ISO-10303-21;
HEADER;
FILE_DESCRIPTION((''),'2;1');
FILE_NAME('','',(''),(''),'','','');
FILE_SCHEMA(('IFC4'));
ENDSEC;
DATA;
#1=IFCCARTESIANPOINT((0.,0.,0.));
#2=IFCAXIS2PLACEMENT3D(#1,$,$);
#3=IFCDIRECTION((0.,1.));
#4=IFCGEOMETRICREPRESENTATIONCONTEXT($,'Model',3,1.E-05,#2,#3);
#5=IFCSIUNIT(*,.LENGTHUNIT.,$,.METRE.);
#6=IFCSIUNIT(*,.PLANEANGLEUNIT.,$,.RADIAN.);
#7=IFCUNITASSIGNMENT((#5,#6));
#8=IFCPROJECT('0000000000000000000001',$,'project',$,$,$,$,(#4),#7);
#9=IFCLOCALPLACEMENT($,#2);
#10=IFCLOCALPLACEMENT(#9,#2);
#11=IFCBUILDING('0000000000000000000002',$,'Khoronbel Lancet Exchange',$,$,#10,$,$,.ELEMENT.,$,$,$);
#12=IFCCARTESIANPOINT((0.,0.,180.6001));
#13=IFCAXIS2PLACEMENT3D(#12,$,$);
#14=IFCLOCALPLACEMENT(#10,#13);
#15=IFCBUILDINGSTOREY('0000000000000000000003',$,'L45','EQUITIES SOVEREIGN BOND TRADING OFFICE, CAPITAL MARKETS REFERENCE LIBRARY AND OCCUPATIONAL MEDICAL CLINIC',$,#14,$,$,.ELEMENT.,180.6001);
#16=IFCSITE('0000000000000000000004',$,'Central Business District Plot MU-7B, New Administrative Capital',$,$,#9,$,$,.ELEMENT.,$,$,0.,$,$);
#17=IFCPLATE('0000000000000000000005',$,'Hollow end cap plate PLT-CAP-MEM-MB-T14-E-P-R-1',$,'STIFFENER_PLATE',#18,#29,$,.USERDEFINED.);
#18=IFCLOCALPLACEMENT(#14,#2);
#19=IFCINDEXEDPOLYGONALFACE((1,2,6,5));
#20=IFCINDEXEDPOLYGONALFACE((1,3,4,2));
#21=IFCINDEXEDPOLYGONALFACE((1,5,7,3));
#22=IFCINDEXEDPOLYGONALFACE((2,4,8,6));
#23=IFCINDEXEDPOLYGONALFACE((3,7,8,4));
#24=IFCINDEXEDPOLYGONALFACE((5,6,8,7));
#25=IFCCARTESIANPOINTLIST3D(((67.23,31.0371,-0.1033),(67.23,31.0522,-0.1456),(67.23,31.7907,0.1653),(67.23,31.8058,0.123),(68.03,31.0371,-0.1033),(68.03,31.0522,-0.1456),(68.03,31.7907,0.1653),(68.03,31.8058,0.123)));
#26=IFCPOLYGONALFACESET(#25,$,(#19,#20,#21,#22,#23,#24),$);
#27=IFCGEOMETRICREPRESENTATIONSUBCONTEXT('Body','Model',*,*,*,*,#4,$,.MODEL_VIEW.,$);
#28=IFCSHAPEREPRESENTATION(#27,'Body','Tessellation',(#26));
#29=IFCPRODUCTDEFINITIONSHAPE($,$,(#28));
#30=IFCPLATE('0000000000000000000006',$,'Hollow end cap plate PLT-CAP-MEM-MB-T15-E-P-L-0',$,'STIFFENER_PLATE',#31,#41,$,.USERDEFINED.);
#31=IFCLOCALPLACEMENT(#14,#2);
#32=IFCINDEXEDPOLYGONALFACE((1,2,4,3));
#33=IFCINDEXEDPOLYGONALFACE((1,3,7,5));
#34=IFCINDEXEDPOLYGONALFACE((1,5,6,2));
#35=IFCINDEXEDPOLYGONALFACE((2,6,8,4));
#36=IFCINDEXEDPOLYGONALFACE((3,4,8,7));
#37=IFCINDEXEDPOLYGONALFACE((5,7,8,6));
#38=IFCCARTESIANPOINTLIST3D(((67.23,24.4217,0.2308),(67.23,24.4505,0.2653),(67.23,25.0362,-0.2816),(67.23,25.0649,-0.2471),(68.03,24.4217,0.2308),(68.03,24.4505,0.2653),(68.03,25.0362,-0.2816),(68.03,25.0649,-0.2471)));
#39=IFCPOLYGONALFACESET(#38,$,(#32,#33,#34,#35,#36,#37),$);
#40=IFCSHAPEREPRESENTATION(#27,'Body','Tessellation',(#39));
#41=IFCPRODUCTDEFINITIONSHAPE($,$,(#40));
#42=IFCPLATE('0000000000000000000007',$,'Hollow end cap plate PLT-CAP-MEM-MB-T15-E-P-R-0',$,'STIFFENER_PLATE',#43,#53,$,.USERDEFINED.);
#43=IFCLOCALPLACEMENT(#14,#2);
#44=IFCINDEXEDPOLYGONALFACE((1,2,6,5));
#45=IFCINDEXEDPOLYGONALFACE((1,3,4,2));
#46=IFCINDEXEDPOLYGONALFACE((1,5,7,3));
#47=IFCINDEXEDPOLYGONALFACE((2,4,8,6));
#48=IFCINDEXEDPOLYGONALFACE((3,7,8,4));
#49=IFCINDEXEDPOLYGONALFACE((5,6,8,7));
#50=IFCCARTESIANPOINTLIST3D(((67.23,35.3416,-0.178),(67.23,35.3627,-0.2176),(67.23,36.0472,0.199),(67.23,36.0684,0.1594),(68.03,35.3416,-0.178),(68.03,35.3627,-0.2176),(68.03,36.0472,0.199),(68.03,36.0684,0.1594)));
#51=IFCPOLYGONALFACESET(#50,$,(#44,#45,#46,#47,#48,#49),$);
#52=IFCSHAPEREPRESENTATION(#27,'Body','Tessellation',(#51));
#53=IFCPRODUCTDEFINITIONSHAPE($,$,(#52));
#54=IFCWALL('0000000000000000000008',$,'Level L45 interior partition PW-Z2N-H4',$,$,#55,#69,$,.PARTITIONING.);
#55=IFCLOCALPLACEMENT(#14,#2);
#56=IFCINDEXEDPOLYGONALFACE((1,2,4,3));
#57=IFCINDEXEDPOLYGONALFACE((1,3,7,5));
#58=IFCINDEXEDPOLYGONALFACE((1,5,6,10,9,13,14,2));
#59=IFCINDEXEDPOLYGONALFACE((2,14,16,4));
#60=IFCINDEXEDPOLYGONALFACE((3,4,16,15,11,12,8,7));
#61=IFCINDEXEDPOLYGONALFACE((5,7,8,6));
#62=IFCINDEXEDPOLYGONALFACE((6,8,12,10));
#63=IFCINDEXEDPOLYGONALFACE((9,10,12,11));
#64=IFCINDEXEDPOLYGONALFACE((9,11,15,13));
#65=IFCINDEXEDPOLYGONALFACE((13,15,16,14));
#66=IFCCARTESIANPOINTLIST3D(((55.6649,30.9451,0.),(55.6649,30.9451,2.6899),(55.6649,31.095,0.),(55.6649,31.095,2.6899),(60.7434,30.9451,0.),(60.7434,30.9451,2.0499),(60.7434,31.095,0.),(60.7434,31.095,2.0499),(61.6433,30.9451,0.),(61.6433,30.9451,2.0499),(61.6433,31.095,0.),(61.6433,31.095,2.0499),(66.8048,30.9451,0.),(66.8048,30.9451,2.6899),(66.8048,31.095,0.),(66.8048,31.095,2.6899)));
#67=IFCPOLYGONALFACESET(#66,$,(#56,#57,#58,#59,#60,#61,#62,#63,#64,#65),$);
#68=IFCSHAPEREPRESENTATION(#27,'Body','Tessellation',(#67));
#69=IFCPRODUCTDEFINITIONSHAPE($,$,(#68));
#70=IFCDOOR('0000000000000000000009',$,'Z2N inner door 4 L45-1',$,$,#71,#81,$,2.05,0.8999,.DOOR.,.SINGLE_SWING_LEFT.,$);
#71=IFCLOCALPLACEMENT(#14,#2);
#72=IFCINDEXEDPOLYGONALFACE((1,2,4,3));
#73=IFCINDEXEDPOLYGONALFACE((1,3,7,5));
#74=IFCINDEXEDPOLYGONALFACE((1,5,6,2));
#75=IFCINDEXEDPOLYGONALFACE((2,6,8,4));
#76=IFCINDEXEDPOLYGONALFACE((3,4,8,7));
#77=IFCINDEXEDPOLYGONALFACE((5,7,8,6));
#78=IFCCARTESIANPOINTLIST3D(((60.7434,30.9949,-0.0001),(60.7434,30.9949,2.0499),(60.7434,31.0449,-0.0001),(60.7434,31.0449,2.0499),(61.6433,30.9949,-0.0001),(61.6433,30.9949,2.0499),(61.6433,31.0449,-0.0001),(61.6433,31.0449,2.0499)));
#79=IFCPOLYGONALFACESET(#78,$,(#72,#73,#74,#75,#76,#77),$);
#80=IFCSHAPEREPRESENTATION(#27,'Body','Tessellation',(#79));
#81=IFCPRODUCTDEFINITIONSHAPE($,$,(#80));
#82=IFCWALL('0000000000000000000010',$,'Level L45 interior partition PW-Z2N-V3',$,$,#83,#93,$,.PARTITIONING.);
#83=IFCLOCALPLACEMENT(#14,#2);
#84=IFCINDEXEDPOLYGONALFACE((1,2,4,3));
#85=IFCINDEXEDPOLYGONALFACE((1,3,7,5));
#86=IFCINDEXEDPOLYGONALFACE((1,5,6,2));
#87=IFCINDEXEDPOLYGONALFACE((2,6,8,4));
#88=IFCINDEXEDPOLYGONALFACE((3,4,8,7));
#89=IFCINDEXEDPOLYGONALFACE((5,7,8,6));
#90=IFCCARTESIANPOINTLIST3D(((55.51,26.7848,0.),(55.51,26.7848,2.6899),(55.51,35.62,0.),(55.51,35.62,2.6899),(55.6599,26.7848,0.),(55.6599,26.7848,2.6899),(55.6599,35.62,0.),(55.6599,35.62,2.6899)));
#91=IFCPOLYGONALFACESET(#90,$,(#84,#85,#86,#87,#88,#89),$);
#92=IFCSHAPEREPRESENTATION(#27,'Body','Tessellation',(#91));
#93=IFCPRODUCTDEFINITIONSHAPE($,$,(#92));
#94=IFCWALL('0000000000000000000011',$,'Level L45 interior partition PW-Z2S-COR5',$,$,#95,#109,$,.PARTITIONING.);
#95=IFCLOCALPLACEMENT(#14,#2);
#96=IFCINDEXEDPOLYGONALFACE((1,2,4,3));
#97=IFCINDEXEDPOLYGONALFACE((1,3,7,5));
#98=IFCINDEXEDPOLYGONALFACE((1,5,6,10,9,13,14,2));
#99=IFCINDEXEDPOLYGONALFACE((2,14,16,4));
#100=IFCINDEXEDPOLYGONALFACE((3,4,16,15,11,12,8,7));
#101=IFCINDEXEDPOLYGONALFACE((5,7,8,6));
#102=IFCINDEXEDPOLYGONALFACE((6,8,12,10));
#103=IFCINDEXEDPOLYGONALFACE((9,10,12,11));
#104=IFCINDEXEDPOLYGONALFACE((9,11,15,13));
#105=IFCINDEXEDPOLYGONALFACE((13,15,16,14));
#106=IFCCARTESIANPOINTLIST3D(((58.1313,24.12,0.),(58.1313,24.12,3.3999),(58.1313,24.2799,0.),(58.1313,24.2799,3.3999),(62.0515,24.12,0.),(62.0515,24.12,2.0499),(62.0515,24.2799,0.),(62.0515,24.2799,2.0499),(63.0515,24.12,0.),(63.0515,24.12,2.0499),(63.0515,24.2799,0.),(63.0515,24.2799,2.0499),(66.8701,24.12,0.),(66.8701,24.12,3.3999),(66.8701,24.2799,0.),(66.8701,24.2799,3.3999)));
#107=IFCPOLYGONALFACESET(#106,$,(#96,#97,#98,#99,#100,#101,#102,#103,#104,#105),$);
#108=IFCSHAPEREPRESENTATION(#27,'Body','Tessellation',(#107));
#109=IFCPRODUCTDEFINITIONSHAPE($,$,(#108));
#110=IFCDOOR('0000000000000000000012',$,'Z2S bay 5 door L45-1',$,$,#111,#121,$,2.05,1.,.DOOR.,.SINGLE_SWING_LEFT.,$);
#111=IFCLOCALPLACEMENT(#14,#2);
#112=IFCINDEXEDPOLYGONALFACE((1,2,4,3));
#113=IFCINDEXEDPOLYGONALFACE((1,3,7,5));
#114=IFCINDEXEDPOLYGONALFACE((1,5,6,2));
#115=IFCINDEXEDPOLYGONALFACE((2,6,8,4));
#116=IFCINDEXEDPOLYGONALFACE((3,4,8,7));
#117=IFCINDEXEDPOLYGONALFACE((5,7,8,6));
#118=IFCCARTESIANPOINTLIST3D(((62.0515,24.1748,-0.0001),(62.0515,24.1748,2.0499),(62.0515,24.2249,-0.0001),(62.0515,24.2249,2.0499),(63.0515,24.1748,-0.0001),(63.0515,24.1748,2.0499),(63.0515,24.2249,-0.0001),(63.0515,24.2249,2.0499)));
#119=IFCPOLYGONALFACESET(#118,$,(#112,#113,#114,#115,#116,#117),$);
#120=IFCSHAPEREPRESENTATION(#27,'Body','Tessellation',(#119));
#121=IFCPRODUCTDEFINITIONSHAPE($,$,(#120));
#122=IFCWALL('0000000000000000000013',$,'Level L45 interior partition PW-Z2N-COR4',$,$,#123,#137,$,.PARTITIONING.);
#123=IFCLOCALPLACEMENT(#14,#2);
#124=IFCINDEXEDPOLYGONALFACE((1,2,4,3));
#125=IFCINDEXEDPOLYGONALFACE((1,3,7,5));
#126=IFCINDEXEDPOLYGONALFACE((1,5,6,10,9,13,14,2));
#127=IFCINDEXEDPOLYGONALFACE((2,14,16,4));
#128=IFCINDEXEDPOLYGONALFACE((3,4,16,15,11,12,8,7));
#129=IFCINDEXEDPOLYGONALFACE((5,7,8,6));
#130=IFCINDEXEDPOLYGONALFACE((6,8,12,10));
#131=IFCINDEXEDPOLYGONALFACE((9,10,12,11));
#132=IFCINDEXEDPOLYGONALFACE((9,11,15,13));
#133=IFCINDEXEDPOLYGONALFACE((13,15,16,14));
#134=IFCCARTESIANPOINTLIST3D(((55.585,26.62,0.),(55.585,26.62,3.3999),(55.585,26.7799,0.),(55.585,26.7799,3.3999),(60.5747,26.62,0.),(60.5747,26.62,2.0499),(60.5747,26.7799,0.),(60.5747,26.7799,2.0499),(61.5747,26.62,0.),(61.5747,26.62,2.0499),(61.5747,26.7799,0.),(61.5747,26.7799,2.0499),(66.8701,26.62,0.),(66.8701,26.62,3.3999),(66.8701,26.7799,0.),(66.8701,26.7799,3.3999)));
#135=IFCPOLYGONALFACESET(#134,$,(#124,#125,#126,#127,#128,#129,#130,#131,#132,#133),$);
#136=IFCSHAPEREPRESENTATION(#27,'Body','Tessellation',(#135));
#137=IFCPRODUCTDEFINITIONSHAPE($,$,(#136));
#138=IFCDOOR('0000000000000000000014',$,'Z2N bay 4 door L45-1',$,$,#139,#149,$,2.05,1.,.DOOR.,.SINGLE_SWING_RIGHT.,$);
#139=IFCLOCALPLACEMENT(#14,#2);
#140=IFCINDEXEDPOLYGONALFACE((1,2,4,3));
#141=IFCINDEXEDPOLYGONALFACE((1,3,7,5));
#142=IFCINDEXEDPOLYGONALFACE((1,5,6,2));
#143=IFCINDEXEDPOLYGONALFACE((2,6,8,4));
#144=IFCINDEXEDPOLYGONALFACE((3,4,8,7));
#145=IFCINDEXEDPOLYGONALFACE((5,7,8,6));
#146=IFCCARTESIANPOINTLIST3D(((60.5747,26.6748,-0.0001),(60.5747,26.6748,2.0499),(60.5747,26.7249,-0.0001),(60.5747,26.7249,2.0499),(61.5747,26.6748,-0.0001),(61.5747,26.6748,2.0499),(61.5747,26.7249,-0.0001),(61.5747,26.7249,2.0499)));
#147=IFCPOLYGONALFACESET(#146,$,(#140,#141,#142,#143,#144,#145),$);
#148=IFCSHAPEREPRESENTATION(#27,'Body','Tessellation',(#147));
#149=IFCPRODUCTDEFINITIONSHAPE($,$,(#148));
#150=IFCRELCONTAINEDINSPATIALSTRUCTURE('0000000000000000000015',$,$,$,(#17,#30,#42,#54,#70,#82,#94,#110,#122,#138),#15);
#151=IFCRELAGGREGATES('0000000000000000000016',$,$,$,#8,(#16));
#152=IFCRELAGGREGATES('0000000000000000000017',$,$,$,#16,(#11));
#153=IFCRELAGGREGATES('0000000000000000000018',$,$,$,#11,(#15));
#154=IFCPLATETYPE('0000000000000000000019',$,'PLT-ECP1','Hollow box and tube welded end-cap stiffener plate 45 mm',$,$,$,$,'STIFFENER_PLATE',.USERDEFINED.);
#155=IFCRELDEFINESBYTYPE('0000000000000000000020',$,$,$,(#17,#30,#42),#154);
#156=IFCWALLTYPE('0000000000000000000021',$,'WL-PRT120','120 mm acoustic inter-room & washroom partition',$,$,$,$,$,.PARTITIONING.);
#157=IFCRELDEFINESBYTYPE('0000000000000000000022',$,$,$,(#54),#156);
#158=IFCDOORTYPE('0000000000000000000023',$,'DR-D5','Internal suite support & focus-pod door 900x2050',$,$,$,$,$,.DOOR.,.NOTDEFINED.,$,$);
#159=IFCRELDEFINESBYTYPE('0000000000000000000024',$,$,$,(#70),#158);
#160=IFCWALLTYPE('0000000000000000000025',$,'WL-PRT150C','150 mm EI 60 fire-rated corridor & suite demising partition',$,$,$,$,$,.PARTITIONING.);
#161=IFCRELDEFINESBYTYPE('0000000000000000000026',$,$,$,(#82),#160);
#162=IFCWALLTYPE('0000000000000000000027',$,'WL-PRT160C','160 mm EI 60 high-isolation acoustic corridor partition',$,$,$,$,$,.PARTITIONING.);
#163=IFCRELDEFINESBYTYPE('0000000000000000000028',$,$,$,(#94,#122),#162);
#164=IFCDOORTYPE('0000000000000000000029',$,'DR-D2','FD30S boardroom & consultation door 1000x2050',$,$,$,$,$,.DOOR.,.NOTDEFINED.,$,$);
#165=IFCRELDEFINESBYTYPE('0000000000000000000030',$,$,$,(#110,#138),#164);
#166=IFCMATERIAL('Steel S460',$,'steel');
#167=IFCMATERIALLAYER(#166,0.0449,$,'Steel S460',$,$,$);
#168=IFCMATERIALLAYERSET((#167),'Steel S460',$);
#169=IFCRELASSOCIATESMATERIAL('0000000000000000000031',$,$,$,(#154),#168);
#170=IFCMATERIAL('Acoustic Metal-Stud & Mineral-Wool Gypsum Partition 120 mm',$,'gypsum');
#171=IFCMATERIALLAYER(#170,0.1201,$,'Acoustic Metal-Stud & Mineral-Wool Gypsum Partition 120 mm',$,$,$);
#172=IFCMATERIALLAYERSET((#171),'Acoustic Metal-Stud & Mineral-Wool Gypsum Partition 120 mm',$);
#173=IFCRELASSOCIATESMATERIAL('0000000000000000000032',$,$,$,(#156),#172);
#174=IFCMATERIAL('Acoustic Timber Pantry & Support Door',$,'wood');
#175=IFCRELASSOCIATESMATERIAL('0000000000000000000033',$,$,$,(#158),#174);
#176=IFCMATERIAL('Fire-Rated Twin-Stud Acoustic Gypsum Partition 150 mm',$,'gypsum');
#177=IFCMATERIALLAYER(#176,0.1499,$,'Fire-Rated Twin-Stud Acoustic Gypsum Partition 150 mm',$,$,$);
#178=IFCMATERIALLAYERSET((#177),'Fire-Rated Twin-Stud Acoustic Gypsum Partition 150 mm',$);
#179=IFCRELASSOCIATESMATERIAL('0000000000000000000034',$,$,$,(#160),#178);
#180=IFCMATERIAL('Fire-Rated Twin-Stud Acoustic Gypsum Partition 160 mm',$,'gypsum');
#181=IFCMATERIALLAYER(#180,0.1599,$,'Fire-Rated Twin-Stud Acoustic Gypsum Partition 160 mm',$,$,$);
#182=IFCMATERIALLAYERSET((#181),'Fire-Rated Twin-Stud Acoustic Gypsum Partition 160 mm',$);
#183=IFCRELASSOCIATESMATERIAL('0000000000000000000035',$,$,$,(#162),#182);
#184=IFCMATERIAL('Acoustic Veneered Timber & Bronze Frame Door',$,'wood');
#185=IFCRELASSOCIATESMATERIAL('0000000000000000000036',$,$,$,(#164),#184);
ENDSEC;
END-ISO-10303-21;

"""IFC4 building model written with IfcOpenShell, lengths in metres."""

from ifc_helpers import new_model, si_unit, direction, frame, frame_2d, origin, place, context, subcontext, project, spatial, polyline, rectangle, outline, extrude, material, layer, layer_set, type_object, element, fill, save


model = new_model("IFC4")

# Units and contexts
model_context = context("Model", 3, precision=1e-05, world=origin(), true_north=direction((0.0, 1.0)))
body_context = subcontext(model_context, "Body", "Model", "MODEL_VIEW")
ifc_project = project(units=[si_unit("LENGTHUNIT", "METRE"), si_unit("PLANEANGLEUNIT", "RADIAN")], contexts=[model_context])

# Site, building, storey
site_placement = place(None, origin())
site = spatial("IfcSite", under=ifc_project, at=site_placement, Name="Central Business District Plot MU-7B, New Administrative Capital", CompositionType="ELEMENT", RefElevation=0.0)
building_placement = place(site_placement, origin())
building = spatial("IfcBuilding", under=site, at=building_placement, Name="Khoronbel Lancet Exchange", CompositionType="ELEMENT")
storey_placement = place(building_placement, frame((0.0, 0.0, 180.6001)))
storey = spatial("IfcBuildingStorey", under=building, at=storey_placement, Name="L45", Description="EQUITIES SOVEREIGN BOND TRADING OFFICE, CAPITAL MARKETS REFERENCE LIBRARY AND OCCUPATIONAL MEDICAL CLINIC", CompositionType="ELEMENT", Elevation=180.6001)

# Shared definitions
ifc_material_1 = material(Name="Steel S460", Category="steel")

# Plates
ifc_layer_1 = layer(ifc_material_1, 0.0449, Name="Steel S460")
ifc_layer_set_1 = layer_set([ifc_layer_1], Name="Steel S460")
plate_type_1 = type_object("IfcPlateType", Name="PLT-ECP1", Description="Hollow box and tube welded end-cap stiffener plate 45 mm", ElementType="STIFFENER_PLATE", PredefinedType="USERDEFINED", material=ifc_layer_set_1)
for number, where, z_axis, x_axis, name in (
    (1, (67.23, 31.0371, -0.1033), (0.0, -0.33566, 0.941983), (1.0, 0.0, 0.0), "Hollow end cap plate PLT-CAP-MEM-MB-T14-E-P-R-1"),
    (2, (68.03, 25.0649, -0.2471), (0.0, 0.640454, 0.767996), (-1.0, 0.0, 0.0), "Hollow end cap plate PLT-CAP-MEM-MB-T15-E-P-L-0"),
    (3, (67.23, 35.3416, -0.178), (0.0, -0.471222, 0.882015), (1.0, 0.0, 0.0), "Hollow end cap plate PLT-CAP-MEM-MB-T15-E-P-R-0"),
):
    element("IfcPlate", number, at=place(storey_placement, frame(where, z_axis=z_axis, x_axis=x_axis)), inside=storey, type_object=plate_type_1, Name=name, ObjectType="STIFFENER_PLATE", PredefinedType="USERDEFINED", context=body_context, shape_type="SweptSolid", body=[
        extrude(outline(polyline([(0.0, 0.0), (0.8, 0.0), (0.8, 0.8), (0.0, 0.8), (0.0, 0.0)])), origin(), (0.0, 0.0, -1.0), 0.0449),
    ])

# Wall, opening, door
ifc_material_2 = material(Name="Acoustic Metal-Stud & Mineral-Wool Gypsum Partition 120 mm", Category="gypsum")
ifc_layer_2 = layer(ifc_material_2, 0.1201, Name="Acoustic Metal-Stud & Mineral-Wool Gypsum Partition 120 mm")
ifc_layer_set_2 = layer_set([ifc_layer_2], Name="Acoustic Metal-Stud & Mineral-Wool Gypsum Partition 120 mm")
wall_type_1 = type_object("IfcWallType", Name="WL-PRT120", Description="120 mm acoustic inter-room & washroom partition", PredefinedType="PARTITIONING", material=ifc_layer_set_2)
wall_1_placement = place(storey_placement, frame((55.665, 31.02, 0.0), z_axis=(0.0, 0.0, 1.0), x_axis=(1.0, 0.0, 0.0)))
wall_1 = element("IfcWall", 4, at=wall_1_placement, inside=storey, type_object=wall_type_1, Name="Level L45 interior partition PW-Z2N-H4", PredefinedType="PARTITIONING", context=body_context, shape_type="SweptSolid", body=[
    extrude(rectangle(XDim=11.1399, YDim=0.1499, at=frame_2d((5.5698, 0.0))), origin(), (0.0, 0.0, 1.0), 2.6899),
])
opening_1_placement = place(wall_1_placement, frame((5.0784, 0.0, 0.0)))
opening_1 = element("IfcOpeningElement", 5, at=opening_1_placement, cuts=wall_1, PredefinedType="OPENING", context=body_context, shape_type="SweptSolid", body=[
    extrude(rectangle(XDim=0.8999, YDim=2.05, at=frame_2d((0.45, 1.0249))), frame((0.0, 0.085, 0.0), z_axis=(0.0, -1.0, 0.0), x_axis=(1.0, 0.0, 0.0)), (0.0, 0.0, 1.0), 0.1699),
])
ifc_material_3 = material(Name="Acoustic Timber Pantry & Support Door", Category="wood")
door_type_1 = type_object("IfcDoorType", Name="DR-D5", Description="Internal suite support & focus-pod door 900x2050", OperationType="NOTDEFINED", PredefinedType="DOOR", material=ifc_material_3)
door_1_placement = place(opening_1_placement, origin())
door_1 = element("IfcDoor", 6, at=door_1_placement, inside=storey, type_object=door_type_1, Name="Z2N inner door 4 L45-1", OperationType="SINGLE_SWING_LEFT", OverallHeight=2.05, OverallWidth=0.8999, PredefinedType="DOOR", context=body_context, shape_type="SweptSolid", body=[
    extrude(rectangle(XDim=0.8999, YDim=2.05, at=frame_2d((0.45, 1.0249))), frame((0.0, 0.0249, 0.0), z_axis=(0.0, -1.0, 0.0), x_axis=(1.0, 0.0, 0.0)), (0.0, 0.0, 1.0), 0.05),
])
fill(opening_1, door_1)

# Wall
ifc_material_4 = material(Name="Fire-Rated Twin-Stud Acoustic Gypsum Partition 150 mm", Category="gypsum")
ifc_layer_3 = layer(ifc_material_4, 0.1499, Name="Fire-Rated Twin-Stud Acoustic Gypsum Partition 150 mm")
ifc_layer_set_3 = layer_set([ifc_layer_3], Name="Fire-Rated Twin-Stud Acoustic Gypsum Partition 150 mm")
wall_type_2 = type_object("IfcWallType", Name="WL-PRT150C", Description="150 mm EI 60 fire-rated corridor & suite demising partition", PredefinedType="PARTITIONING", material=ifc_layer_set_3)
wall_2_placement = place(storey_placement, frame((55.585, 26.7849, 0.0), z_axis=(0.0, 0.0, 1.0), x_axis=(0.0, 1.0, 0.0)))
element("IfcWall", 7, at=wall_2_placement, inside=storey, type_object=wall_type_2, Name="Level L45 interior partition PW-Z2N-V3", PredefinedType="PARTITIONING", context=body_context, shape_type="SweptSolid", body=[
    extrude(rectangle(XDim=8.8352, YDim=0.1499, at=frame_2d((4.4175, 0.0))), origin(), (0.0, 0.0, 1.0), 2.6899),
])

# Walls, openings, doors
ifc_material_5 = material(Name="Fire-Rated Twin-Stud Acoustic Gypsum Partition 160 mm", Category="gypsum")
ifc_layer_4 = layer(ifc_material_5, 0.1599, Name="Fire-Rated Twin-Stud Acoustic Gypsum Partition 160 mm")
ifc_layer_set_4 = layer_set([ifc_layer_4], Name="Fire-Rated Twin-Stud Acoustic Gypsum Partition 160 mm")
wall_type_3 = type_object("IfcWallType", Name="WL-PRT160C", Description="160 mm EI 60 high-isolation acoustic corridor partition", PredefinedType="PARTITIONING", material=ifc_layer_set_4)
wall_3_placement = place(storey_placement, frame((58.1313, 24.2, 0.0), z_axis=(0.0, 0.0, 1.0), x_axis=(1.0, 0.0, 0.0)))
wall_3 = element("IfcWall", 8, at=wall_3_placement, inside=storey, type_object=wall_type_3, Name="Level L45 interior partition PW-Z2S-COR5", PredefinedType="PARTITIONING", context=body_context, shape_type="SweptSolid", body=[
    extrude(rectangle(XDim=8.7388, YDim=0.1599, at=frame_2d((4.3694, 0.0))), origin(), (0.0, 0.0, 1.0), 3.3999),
])
opening_2_placement = place(wall_3_placement, frame((3.9202, 0.0, 0.0)))
opening_2 = element("IfcOpeningElement", 9, at=opening_2_placement, cuts=wall_3, PredefinedType="OPENING", context=body_context, shape_type="SweptSolid", body=[
    extrude(rectangle(XDim=1.0, YDim=2.05, at=frame_2d((0.5, 1.0249))), frame((0.0, 0.0898, 0.0), z_axis=(0.0, -1.0, 0.0), x_axis=(1.0, 0.0, 0.0)), (0.0, 0.0, 1.0), 0.1799),
])
ifc_material_6 = material(Name="Acoustic Veneered Timber & Bronze Frame Door", Category="wood")
door_type_2 = type_object("IfcDoorType", Name="DR-D2", Description="FD30S boardroom & consultation door 1000x2050", OperationType="NOTDEFINED", PredefinedType="DOOR", material=ifc_material_6)
door_2_placement = place(opening_2_placement, origin())
door_2 = element("IfcDoor", 10, at=door_2_placement, inside=storey, type_object=door_type_2, Name="Z2S bay 5 door L45-1", OperationType="SINGLE_SWING_LEFT", OverallHeight=2.05, OverallWidth=1.0, PredefinedType="DOOR", context=body_context, shape_type="SweptSolid", body=[
    extrude(rectangle(XDim=1.0, YDim=2.05, at=frame_2d((0.5, 1.0249))), frame((0.0, 0.0249, 0.0), z_axis=(0.0, -1.0, 0.0), x_axis=(1.0, 0.0, 0.0)), (0.0, 0.0, 1.0), 0.05),
])
fill(opening_2, door_2)
wall_4_placement = place(storey_placement, frame((55.585, 26.7, 0.0), z_axis=(0.0, 0.0, 1.0), x_axis=(1.0, 0.0, 0.0)))
wall_4 = element("IfcWall", 11, at=wall_4_placement, inside=storey, type_object=wall_type_3, Name="Level L45 interior partition PW-Z2N-COR4", PredefinedType="PARTITIONING", context=body_context, shape_type="SweptSolid", body=[
    extrude(rectangle(XDim=11.2852, YDim=0.1599, at=frame_2d((5.6426, 0.0))), origin(), (0.0, 0.0, 1.0), 3.3999),
])
opening_3_placement = place(wall_4_placement, frame((4.9897, 0.0, 0.0)))
opening_3 = element("IfcOpeningElement", 12, at=opening_3_placement, cuts=wall_4, PredefinedType="OPENING", context=body_context, shape_type="SweptSolid", body=[
    extrude(rectangle(XDim=1.0, YDim=2.05, at=frame_2d((0.5, 1.0249))), frame((0.0, 0.0898, 0.0), z_axis=(0.0, -1.0, 0.0), x_axis=(1.0, 0.0, 0.0)), (0.0, 0.0, 1.0), 0.1799),
])
door_3_placement = place(opening_3_placement, origin())
door_3 = element("IfcDoor", 13, at=door_3_placement, inside=storey, type_object=door_type_2, Name="Z2N bay 4 door L45-1", OperationType="SINGLE_SWING_RIGHT", OverallHeight=2.05, OverallWidth=1.0, PredefinedType="DOOR", context=body_context, shape_type="SweptSolid", body=[
    extrude(rectangle(XDim=1.0, YDim=2.05, at=frame_2d((0.5, 1.0249))), frame((0.0, 0.0249, 0.0), z_axis=(0.0, -1.0, 0.0), x_axis=(1.0, 0.0, 0.0)), (0.0, 0.0, 1.0), 0.05),
])
fill(opening_3, door_3)

save(model, "model.ifc")
